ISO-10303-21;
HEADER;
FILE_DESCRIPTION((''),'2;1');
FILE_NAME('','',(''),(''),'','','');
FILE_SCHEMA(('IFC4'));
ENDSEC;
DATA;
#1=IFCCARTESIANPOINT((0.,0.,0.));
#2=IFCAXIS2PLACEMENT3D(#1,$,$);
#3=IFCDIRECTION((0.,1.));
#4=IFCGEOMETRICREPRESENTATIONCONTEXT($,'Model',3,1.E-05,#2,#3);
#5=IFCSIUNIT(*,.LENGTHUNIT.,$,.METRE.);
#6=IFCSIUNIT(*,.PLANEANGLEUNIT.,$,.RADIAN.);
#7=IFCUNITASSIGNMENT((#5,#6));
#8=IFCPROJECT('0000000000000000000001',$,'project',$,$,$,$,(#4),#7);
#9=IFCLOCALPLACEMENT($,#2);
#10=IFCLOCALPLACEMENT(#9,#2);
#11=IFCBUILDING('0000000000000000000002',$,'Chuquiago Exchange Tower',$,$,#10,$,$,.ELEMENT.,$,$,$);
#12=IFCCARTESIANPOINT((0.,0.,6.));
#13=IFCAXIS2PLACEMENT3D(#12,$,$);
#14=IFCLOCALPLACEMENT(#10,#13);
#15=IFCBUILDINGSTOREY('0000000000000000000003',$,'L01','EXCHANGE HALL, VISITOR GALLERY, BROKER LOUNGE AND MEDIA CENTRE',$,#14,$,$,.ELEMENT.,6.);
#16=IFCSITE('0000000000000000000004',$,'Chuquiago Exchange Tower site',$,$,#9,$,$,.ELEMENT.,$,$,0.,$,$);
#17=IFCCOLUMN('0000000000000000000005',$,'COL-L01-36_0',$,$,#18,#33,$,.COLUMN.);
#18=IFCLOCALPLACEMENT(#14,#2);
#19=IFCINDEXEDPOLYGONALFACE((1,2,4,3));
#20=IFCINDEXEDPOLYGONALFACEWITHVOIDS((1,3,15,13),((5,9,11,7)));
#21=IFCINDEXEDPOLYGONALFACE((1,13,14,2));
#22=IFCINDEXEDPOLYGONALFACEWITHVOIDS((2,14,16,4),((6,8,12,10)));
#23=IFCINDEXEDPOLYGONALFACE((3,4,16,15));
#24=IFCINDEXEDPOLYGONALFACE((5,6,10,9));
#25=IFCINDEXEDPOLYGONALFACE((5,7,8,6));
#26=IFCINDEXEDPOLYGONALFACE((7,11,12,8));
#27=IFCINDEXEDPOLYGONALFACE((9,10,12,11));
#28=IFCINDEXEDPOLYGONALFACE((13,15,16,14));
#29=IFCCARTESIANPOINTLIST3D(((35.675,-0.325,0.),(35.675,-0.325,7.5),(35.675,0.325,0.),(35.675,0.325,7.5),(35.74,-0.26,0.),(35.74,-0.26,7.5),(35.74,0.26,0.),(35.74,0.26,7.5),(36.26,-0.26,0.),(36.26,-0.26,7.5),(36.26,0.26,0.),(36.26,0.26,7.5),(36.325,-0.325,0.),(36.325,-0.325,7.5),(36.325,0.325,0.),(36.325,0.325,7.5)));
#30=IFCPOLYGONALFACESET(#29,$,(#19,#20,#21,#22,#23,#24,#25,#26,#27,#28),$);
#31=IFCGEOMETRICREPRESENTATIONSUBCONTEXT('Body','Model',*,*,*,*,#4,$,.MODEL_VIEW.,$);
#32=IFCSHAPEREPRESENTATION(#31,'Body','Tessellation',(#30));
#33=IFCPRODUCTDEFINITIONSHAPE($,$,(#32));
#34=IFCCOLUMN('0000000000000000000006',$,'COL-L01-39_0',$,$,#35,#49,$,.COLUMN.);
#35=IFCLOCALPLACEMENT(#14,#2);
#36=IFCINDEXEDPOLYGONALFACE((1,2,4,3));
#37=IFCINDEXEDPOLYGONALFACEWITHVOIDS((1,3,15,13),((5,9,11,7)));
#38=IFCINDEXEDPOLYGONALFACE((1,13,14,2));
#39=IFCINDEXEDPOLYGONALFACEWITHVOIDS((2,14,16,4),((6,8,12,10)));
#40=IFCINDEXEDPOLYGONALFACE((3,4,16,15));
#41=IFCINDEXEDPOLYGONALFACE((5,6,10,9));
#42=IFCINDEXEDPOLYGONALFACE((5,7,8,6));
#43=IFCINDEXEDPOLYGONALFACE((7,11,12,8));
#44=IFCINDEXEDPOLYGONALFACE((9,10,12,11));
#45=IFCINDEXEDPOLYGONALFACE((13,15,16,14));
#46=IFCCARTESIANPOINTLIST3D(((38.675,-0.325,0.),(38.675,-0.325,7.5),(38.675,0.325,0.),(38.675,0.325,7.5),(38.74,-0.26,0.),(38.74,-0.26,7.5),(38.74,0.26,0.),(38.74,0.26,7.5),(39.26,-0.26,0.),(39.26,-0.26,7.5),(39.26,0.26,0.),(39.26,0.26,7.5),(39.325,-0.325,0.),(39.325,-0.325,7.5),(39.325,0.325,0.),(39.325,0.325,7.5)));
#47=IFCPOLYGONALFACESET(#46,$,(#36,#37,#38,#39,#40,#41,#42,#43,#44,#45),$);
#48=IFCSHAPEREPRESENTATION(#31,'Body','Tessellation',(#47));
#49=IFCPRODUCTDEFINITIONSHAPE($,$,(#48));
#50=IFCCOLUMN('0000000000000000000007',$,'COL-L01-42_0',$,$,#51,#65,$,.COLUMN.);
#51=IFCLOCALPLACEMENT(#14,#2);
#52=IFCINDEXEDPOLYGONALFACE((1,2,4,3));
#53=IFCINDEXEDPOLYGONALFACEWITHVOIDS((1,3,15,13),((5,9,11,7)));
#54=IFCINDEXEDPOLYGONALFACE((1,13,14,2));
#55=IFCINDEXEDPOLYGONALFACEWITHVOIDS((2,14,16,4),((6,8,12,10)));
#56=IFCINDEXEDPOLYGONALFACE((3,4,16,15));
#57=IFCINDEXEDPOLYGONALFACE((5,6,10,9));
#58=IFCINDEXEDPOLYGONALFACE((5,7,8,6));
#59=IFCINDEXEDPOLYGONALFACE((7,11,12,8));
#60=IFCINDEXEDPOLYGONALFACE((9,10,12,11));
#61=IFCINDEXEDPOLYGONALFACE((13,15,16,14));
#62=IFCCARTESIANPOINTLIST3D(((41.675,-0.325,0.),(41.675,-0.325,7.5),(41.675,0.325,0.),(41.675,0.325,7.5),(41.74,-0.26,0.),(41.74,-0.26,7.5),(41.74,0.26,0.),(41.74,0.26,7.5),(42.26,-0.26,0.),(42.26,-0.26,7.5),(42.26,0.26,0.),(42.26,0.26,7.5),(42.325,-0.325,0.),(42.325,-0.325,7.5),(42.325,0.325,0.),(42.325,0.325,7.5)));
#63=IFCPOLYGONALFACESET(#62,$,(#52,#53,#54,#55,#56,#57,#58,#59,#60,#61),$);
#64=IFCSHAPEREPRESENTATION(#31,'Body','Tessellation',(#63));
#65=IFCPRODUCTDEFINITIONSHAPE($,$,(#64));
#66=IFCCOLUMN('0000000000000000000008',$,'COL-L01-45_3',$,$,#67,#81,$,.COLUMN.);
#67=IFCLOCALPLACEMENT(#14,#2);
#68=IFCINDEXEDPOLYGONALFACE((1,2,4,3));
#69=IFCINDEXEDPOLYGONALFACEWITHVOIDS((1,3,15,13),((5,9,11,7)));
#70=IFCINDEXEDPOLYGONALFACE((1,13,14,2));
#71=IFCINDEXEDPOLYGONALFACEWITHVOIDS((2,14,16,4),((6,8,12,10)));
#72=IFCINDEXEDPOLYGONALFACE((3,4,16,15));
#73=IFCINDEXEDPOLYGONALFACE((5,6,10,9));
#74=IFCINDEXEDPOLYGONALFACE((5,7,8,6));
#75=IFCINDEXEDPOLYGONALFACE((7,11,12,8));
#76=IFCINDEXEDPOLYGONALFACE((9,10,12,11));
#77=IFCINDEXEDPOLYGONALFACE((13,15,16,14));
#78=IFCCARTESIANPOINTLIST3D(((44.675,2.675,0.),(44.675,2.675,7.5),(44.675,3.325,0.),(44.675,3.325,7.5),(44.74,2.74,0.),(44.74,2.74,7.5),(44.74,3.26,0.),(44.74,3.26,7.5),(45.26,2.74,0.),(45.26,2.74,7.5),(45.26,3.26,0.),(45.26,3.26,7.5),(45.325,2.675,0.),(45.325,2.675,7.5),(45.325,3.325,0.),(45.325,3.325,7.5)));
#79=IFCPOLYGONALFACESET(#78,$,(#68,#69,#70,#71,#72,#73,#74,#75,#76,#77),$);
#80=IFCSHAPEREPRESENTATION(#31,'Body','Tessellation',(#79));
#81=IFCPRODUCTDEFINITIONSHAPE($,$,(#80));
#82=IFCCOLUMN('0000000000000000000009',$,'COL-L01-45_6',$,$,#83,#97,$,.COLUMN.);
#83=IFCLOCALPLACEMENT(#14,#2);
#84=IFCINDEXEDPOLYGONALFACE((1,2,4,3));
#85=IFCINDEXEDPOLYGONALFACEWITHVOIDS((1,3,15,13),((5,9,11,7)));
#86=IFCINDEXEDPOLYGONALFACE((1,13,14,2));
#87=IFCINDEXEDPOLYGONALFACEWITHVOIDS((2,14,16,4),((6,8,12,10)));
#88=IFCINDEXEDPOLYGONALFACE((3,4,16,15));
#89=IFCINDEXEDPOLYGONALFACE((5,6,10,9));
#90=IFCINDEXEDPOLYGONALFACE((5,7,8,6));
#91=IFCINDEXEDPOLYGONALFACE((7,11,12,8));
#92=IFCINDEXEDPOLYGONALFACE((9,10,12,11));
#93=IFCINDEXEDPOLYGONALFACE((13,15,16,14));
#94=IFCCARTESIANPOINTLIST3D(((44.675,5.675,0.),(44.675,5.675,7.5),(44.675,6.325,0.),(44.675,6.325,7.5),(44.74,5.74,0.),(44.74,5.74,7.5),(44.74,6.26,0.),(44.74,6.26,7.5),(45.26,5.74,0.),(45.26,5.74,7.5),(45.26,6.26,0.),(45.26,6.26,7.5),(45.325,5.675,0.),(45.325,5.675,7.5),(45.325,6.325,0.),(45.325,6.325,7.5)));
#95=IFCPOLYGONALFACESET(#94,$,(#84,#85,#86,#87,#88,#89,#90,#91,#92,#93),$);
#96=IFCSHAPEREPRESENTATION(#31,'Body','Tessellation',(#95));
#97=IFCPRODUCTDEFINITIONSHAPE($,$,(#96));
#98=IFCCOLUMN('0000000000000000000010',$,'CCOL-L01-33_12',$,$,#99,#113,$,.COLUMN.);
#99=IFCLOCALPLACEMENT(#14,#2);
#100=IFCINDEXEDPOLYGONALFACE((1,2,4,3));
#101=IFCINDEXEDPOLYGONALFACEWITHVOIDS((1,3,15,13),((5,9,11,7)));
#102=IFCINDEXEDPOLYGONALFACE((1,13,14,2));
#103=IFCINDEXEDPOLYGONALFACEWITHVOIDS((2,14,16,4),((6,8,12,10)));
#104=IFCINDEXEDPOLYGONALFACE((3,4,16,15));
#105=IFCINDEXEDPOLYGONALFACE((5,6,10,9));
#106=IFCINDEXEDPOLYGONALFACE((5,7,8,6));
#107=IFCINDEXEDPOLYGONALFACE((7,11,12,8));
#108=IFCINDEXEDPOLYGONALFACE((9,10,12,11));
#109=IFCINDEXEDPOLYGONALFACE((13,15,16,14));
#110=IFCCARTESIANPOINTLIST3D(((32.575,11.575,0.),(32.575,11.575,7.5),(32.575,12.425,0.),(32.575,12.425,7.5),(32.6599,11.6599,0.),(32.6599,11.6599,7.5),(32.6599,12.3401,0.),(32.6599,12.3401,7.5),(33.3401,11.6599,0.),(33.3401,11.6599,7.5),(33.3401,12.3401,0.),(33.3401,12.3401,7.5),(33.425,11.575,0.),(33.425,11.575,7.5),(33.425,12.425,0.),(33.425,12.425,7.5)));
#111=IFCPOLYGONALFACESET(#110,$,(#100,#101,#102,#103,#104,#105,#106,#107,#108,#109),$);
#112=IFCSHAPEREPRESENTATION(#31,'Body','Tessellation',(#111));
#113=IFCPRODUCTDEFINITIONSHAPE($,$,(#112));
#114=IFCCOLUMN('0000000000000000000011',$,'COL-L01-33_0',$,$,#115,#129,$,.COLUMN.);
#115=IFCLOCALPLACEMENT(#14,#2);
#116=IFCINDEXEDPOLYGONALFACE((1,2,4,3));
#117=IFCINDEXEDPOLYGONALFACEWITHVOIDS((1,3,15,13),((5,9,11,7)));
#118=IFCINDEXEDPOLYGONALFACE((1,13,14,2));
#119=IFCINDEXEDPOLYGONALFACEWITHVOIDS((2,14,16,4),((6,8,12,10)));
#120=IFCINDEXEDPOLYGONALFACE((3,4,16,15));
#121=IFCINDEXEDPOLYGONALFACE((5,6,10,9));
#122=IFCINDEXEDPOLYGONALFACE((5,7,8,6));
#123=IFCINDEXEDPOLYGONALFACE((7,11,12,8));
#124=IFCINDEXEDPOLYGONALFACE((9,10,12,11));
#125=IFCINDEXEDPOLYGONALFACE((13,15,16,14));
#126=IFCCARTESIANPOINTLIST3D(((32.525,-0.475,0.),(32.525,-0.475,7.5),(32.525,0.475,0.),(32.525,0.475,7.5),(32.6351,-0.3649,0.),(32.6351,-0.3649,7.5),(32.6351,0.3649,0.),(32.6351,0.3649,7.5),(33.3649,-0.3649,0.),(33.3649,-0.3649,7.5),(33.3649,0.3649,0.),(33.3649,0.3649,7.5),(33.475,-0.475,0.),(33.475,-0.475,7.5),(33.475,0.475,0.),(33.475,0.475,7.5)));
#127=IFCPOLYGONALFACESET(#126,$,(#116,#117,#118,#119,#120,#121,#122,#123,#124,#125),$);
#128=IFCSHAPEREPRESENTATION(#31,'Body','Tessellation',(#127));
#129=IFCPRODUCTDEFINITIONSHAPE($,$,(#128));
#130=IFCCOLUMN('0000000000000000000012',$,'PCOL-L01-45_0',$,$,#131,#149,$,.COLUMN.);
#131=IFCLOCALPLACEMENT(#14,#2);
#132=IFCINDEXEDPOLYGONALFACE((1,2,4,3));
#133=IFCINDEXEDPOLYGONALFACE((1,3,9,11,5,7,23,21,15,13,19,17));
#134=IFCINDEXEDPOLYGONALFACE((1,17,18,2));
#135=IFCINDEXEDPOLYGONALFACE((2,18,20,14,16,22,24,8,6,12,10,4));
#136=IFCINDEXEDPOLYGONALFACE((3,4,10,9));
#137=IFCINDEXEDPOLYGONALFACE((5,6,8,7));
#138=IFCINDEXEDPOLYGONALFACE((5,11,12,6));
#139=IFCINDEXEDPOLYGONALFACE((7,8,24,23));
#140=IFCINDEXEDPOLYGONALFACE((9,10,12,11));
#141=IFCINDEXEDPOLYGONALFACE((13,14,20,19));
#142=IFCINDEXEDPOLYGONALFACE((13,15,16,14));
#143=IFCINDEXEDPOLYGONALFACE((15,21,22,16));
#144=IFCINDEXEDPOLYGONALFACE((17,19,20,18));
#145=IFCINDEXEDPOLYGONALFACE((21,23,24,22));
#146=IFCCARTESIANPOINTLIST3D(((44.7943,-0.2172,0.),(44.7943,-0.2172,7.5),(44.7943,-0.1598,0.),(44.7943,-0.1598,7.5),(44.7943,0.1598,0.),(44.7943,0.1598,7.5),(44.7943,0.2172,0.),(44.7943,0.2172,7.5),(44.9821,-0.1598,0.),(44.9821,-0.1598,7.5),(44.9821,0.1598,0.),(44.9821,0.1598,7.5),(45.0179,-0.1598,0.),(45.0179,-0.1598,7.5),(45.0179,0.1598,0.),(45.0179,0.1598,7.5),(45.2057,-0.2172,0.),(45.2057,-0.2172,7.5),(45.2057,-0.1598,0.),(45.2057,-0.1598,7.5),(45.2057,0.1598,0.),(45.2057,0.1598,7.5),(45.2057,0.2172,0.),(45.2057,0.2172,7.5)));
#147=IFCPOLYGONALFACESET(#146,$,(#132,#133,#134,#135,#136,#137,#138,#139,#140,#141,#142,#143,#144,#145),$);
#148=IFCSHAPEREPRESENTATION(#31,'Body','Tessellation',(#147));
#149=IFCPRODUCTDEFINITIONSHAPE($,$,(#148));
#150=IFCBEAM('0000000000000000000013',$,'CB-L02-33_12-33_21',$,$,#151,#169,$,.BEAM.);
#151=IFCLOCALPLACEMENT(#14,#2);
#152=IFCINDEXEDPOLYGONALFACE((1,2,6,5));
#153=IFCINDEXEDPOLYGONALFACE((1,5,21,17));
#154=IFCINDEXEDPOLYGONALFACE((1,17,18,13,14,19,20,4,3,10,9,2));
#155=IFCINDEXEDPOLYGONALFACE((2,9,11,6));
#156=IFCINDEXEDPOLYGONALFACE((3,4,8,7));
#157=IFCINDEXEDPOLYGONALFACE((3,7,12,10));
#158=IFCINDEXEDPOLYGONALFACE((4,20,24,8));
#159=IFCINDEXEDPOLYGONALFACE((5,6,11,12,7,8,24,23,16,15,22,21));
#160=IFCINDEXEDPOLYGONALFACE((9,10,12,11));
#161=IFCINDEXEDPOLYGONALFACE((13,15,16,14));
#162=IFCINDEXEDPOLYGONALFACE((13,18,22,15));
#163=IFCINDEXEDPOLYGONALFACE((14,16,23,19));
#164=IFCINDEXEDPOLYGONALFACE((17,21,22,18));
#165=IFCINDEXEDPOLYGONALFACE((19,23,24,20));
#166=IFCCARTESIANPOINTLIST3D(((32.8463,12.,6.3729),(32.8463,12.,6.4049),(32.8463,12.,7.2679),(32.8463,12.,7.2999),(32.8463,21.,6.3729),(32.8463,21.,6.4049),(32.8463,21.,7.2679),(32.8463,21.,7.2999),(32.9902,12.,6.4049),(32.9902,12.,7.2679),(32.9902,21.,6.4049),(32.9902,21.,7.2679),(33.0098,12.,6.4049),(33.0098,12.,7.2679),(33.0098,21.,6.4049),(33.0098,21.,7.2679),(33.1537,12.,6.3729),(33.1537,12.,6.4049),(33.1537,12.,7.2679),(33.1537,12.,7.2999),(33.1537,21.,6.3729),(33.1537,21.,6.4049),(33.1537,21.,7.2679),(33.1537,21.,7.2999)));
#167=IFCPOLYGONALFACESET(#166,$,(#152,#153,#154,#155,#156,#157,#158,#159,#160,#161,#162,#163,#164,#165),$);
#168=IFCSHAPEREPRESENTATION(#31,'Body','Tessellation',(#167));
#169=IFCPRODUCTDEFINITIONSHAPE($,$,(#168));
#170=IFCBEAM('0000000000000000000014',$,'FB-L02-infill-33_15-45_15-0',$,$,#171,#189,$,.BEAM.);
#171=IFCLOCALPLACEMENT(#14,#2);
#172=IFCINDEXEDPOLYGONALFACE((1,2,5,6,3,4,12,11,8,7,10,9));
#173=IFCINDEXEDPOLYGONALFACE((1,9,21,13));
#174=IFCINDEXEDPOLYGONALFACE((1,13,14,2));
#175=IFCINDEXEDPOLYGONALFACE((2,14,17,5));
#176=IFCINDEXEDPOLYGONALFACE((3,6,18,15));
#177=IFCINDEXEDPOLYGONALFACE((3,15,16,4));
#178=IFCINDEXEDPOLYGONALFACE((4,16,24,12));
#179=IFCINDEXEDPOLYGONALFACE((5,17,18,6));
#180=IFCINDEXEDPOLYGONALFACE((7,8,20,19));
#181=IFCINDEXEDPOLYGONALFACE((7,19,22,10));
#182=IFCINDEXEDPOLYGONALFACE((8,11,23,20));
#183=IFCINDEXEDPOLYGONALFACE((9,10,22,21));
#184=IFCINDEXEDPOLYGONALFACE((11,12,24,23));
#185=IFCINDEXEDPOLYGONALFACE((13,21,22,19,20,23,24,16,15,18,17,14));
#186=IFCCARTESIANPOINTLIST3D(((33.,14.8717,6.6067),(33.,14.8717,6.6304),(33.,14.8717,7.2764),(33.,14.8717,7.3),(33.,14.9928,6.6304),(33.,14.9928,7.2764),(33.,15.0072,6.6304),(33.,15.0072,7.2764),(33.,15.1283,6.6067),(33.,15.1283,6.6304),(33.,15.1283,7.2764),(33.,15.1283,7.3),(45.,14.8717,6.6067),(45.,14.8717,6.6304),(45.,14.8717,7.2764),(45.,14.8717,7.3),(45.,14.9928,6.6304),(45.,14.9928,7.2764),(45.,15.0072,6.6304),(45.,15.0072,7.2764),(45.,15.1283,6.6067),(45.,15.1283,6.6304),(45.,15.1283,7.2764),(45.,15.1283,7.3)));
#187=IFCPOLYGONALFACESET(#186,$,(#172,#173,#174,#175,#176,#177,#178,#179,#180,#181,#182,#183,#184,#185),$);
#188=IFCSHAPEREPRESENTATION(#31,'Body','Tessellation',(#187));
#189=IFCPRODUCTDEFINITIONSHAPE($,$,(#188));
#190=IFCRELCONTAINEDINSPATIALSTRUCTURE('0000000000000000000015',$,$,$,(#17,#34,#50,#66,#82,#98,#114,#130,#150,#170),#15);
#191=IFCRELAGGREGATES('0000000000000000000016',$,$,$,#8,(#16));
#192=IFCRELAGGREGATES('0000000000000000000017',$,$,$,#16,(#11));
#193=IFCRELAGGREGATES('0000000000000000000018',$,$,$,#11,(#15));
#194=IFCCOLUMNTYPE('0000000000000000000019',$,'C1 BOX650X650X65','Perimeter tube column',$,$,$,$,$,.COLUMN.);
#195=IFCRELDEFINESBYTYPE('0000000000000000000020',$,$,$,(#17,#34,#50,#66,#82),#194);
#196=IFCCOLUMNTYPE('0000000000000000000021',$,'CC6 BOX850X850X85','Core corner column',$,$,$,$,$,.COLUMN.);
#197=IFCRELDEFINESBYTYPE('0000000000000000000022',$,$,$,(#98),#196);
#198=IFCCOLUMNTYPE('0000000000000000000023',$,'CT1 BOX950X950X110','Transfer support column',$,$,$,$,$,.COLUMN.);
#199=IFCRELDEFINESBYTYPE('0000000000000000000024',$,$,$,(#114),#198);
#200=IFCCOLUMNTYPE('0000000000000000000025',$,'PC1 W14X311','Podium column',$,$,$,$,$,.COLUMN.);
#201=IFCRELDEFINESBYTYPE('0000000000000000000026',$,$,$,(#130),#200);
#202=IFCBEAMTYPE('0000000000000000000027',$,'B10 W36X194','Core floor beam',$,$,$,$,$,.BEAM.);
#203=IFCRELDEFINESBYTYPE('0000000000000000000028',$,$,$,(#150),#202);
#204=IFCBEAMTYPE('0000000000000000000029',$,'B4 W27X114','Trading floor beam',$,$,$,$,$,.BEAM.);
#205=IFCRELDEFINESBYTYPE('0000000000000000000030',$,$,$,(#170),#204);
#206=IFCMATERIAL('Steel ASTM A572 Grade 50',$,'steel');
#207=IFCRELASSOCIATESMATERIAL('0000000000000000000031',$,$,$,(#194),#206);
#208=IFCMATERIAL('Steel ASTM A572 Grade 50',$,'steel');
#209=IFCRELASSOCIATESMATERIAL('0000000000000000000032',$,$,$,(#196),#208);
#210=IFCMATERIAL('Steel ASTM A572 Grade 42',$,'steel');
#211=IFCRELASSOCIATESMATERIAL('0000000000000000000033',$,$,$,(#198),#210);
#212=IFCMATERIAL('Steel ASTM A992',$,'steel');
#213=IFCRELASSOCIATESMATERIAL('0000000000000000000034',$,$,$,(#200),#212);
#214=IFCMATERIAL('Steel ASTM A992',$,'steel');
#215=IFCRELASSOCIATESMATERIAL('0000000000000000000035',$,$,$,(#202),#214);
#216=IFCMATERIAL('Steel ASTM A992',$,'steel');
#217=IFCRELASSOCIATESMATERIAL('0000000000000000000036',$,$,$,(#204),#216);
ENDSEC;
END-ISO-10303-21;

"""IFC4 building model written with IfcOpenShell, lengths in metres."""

from ifc_helpers import new_model, si_unit, direction, frame, origin, origin_2d, place, context, subcontext, project, spatial, hollow_rectangle, i_section, extrude, material, material_profile, profile_set, type_object, element, save


model = new_model("IFC4")

# Units and contexts
model_context = context("Model", 3, precision=1e-05, world=origin(), true_north=direction((0.0, 1.0)))
body_context = subcontext(model_context, "Body", "Model", "MODEL_VIEW")
ifc_project = project(units=[si_unit("LENGTHUNIT", "METRE"), si_unit("PLANEANGLEUNIT", "RADIAN")], contexts=[model_context])

# Site, building, storey
site_placement = place(None, origin())
site = spatial("IfcSite", under=ifc_project, at=site_placement, Name="Chuquiago Exchange Tower site", CompositionType="ELEMENT", RefElevation=0.0)
building_placement = place(site_placement, origin())
building = spatial("IfcBuilding", under=site, at=building_placement, Name="Chuquiago Exchange Tower", CompositionType="ELEMENT")
storey_placement = place(building_placement, frame((0.0, 0.0, 6.0)))
storey = spatial("IfcBuildingStorey", under=building, at=storey_placement, Name="L01", Description="EXCHANGE HALL, VISITOR GALLERY, BROKER LOUNGE AND MEDIA CENTRE", CompositionType="ELEMENT", Elevation=6.0)

# Columns
ifc_material_1 = material(Name="Steel ASTM A572 Grade 50", Category="steel")
ifc_material_profile_1 = material_profile(ifc_material_1, hollow_rectangle(XDim=0.6499, YDim=0.6499, WallThickness=0.0649, at=origin_2d()), Name="BOX650X650X65")
ifc_profile_set_1 = profile_set([ifc_material_profile_1], Name="Steel ASTM A572 Grade 50")
column_type_1 = type_object("IfcColumnType", Name="C1 BOX650X650X65", Description="Perimeter tube column", PredefinedType="COLUMN", material=ifc_profile_set_1)
for number, where, z_axis, x_axis, name in (
    (1, (36.0, 0.0, 0.0), (0.0, 0.0, 1.0), (0.0, -1.0, 0.0), "COL-L01-36_0"),
    (2, (39.0, 0.0, 0.0), (0.0, 0.0, 1.0), (0.0, -1.0, 0.0), "COL-L01-39_0"),
    (3, (42.0, 0.0, 0.0), (0.0, 0.0, 1.0), (0.0, -1.0, 0.0), "COL-L01-42_0"),
    (4, (45.0, 3.0, 0.0), (0.0, 0.0, 1.0), (1.0, 0.0, 0.0), "COL-L01-45_3"),
    (5, (45.0, 6.0, 0.0), (0.0, 0.0, 1.0), (1.0, 0.0, 0.0), "COL-L01-45_6"),
):
    element("IfcColumn", number, at=place(storey_placement, frame(where, z_axis=z_axis, x_axis=x_axis)), inside=storey, type_object=column_type_1, Name=name, PredefinedType="COLUMN", context=body_context, shape_type="SweptSolid", body=[
        extrude(hollow_rectangle(XDim=0.6499, YDim=0.6499, WallThickness=0.0649, at=origin_2d()), origin(), (0.0, 0.0, 1.0), 7.5),
    ])
ifc_material_2 = material(Name="Steel ASTM A572 Grade 50", Category="steel")
ifc_material_profile_2 = material_profile(ifc_material_2, hollow_rectangle(XDim=0.8501, YDim=0.8501, WallThickness=0.085, at=origin_2d()), Name="BOX850X850X85")
ifc_profile_set_2 = profile_set([ifc_material_profile_2], Name="Steel ASTM A572 Grade 50")
column_type_2 = type_object("IfcColumnType", Name="CC6 BOX850X850X85", Description="Core corner column", PredefinedType="COLUMN", material=ifc_profile_set_2)
column_1_placement = place(storey_placement, frame((33.0, 12.0, 0.0), z_axis=(0.0, 0.0, 1.0), x_axis=(1.0, 0.0, 0.0)))
element("IfcColumn", 6, at=column_1_placement, inside=storey, type_object=column_type_2, Name="CCOL-L01-33_12", PredefinedType="COLUMN", context=body_context, shape_type="SweptSolid", body=[
    extrude(hollow_rectangle(XDim=0.8501, YDim=0.8501, WallThickness=0.085, at=origin_2d()), origin(), (0.0, 0.0, 1.0), 7.5),
])
ifc_material_3 = material(Name="Steel ASTM A572 Grade 42", Category="steel")
ifc_material_profile_3 = material_profile(ifc_material_3, hollow_rectangle(XDim=0.95, YDim=0.95, WallThickness=0.1101, at=origin_2d()), Name="BOX950X950X110")
ifc_profile_set_3 = profile_set([ifc_material_profile_3], Name="Steel ASTM A572 Grade 42")
column_type_3 = type_object("IfcColumnType", Name="CT1 BOX950X950X110", Description="Transfer support column", PredefinedType="COLUMN", material=ifc_profile_set_3)
column_2_placement = place(storey_placement, frame((33.0, 0.0, 0.0), z_axis=(0.0, 0.0, 1.0), x_axis=(0.0, -1.0, 0.0)))
element("IfcColumn", 7, at=column_2_placement, inside=storey, type_object=column_type_3, Name="COL-L01-33_0", PredefinedType="COLUMN", context=body_context, shape_type="SweptSolid", body=[
    extrude(hollow_rectangle(XDim=0.95, YDim=0.95, WallThickness=0.1101, at=origin_2d()), origin(), (0.0, 0.0, 1.0), 7.5),
])
ifc_material_4 = material(Name="Steel ASTM A992", Category="steel")
ifc_material_profile_4 = material_profile(ifc_material_4, i_section(OverallWidth=0.4114, OverallDepth=0.4343, WebThickness=0.0359, FlangeThickness=0.0574, at=origin_2d()), Name="W14X311")
ifc_profile_set_4 = profile_set([ifc_material_profile_4], Name="Steel ASTM A992")
column_type_4 = type_object("IfcColumnType", Name="PC1 W14X311", Description="Podium column", PredefinedType="COLUMN", material=ifc_profile_set_4)
column_3_placement = place(storey_placement, frame((45.0, 0.0, 0.0), z_axis=(0.0, 0.0, 1.0), x_axis=(1.0, 0.0, 0.0)))
element("IfcColumn", 8, at=column_3_placement, inside=storey, type_object=column_type_4, Name="PCOL-L01-45_0", PredefinedType="COLUMN", context=body_context, shape_type="SweptSolid", body=[
    extrude(i_section(OverallWidth=0.4114, OverallDepth=0.4343, WebThickness=0.0359, FlangeThickness=0.0574, at=origin_2d()), origin(), (0.0, 0.0, 1.0), 7.5),
])

# Beams
ifc_material_5 = material(Name="Steel ASTM A992", Category="steel")
ifc_material_profile_5 = material_profile(ifc_material_5, i_section(OverallWidth=0.3074, OverallDepth=0.927, WebThickness=0.0195, FlangeThickness=0.032, at=origin_2d()), Name="W36X194")
ifc_profile_set_5 = profile_set([ifc_material_profile_5], Name="Steel ASTM A992")
beam_type_1 = type_object("IfcBeamType", Name="B10 W36X194", Description="Core floor beam", PredefinedType="BEAM", material=ifc_profile_set_5)
beam_1_placement = place(storey_placement, frame((33.0, 12.0, 6.8364), z_axis=(0.0, 1.0, 0.0), x_axis=(-1.0, 0.0, 0.0)))
element("IfcBeam", 9, at=beam_1_placement, inside=storey, type_object=beam_type_1, Name="CB-L02-33_12-33_21", PredefinedType="BEAM", context=body_context, shape_type="SweptSolid", body=[
    extrude(i_section(OverallWidth=0.3074, OverallDepth=0.927, WebThickness=0.0195, FlangeThickness=0.032, at=origin_2d()), origin(), (0.0, 0.0, 1.0), 9.0),
])
ifc_material_6 = material(Name="Steel ASTM A992", Category="steel")
ifc_material_profile_6 = material_profile(ifc_material_6, i_section(OverallWidth=0.2566, OverallDepth=0.6934, WebThickness=0.0144, FlangeThickness=0.0237, at=origin_2d()), Name="W27X114")
ifc_profile_set_6 = profile_set([ifc_material_profile_6], Name="Steel ASTM A992")
beam_type_2 = type_object("IfcBeamType", Name="B4 W27X114", Description="Trading floor beam", PredefinedType="BEAM", material=ifc_profile_set_6)
for number, where, z_axis, x_axis, name in (
    (10, (33.0, 15.0, 6.9534), (1.0, 0.0, 0.0), (0.0, 1.0, 0.0), "FB-L02-infill-33_15-45_15-0"),
):
    element("IfcBeam", number, at=place(storey_placement, frame(where, z_axis=z_axis, x_axis=x_axis)), inside=storey, type_object=beam_type_2, Name=name, PredefinedType="BEAM", context=body_context, shape_type="SweptSolid", body=[
        extrude(i_section(OverallWidth=0.2566, OverallDepth=0.6934, WebThickness=0.0144, FlangeThickness=0.0237, at=origin_2d()), origin(), (0.0, 0.0, 1.0), 12.0),
    ])

save(model, "model.ifc")
